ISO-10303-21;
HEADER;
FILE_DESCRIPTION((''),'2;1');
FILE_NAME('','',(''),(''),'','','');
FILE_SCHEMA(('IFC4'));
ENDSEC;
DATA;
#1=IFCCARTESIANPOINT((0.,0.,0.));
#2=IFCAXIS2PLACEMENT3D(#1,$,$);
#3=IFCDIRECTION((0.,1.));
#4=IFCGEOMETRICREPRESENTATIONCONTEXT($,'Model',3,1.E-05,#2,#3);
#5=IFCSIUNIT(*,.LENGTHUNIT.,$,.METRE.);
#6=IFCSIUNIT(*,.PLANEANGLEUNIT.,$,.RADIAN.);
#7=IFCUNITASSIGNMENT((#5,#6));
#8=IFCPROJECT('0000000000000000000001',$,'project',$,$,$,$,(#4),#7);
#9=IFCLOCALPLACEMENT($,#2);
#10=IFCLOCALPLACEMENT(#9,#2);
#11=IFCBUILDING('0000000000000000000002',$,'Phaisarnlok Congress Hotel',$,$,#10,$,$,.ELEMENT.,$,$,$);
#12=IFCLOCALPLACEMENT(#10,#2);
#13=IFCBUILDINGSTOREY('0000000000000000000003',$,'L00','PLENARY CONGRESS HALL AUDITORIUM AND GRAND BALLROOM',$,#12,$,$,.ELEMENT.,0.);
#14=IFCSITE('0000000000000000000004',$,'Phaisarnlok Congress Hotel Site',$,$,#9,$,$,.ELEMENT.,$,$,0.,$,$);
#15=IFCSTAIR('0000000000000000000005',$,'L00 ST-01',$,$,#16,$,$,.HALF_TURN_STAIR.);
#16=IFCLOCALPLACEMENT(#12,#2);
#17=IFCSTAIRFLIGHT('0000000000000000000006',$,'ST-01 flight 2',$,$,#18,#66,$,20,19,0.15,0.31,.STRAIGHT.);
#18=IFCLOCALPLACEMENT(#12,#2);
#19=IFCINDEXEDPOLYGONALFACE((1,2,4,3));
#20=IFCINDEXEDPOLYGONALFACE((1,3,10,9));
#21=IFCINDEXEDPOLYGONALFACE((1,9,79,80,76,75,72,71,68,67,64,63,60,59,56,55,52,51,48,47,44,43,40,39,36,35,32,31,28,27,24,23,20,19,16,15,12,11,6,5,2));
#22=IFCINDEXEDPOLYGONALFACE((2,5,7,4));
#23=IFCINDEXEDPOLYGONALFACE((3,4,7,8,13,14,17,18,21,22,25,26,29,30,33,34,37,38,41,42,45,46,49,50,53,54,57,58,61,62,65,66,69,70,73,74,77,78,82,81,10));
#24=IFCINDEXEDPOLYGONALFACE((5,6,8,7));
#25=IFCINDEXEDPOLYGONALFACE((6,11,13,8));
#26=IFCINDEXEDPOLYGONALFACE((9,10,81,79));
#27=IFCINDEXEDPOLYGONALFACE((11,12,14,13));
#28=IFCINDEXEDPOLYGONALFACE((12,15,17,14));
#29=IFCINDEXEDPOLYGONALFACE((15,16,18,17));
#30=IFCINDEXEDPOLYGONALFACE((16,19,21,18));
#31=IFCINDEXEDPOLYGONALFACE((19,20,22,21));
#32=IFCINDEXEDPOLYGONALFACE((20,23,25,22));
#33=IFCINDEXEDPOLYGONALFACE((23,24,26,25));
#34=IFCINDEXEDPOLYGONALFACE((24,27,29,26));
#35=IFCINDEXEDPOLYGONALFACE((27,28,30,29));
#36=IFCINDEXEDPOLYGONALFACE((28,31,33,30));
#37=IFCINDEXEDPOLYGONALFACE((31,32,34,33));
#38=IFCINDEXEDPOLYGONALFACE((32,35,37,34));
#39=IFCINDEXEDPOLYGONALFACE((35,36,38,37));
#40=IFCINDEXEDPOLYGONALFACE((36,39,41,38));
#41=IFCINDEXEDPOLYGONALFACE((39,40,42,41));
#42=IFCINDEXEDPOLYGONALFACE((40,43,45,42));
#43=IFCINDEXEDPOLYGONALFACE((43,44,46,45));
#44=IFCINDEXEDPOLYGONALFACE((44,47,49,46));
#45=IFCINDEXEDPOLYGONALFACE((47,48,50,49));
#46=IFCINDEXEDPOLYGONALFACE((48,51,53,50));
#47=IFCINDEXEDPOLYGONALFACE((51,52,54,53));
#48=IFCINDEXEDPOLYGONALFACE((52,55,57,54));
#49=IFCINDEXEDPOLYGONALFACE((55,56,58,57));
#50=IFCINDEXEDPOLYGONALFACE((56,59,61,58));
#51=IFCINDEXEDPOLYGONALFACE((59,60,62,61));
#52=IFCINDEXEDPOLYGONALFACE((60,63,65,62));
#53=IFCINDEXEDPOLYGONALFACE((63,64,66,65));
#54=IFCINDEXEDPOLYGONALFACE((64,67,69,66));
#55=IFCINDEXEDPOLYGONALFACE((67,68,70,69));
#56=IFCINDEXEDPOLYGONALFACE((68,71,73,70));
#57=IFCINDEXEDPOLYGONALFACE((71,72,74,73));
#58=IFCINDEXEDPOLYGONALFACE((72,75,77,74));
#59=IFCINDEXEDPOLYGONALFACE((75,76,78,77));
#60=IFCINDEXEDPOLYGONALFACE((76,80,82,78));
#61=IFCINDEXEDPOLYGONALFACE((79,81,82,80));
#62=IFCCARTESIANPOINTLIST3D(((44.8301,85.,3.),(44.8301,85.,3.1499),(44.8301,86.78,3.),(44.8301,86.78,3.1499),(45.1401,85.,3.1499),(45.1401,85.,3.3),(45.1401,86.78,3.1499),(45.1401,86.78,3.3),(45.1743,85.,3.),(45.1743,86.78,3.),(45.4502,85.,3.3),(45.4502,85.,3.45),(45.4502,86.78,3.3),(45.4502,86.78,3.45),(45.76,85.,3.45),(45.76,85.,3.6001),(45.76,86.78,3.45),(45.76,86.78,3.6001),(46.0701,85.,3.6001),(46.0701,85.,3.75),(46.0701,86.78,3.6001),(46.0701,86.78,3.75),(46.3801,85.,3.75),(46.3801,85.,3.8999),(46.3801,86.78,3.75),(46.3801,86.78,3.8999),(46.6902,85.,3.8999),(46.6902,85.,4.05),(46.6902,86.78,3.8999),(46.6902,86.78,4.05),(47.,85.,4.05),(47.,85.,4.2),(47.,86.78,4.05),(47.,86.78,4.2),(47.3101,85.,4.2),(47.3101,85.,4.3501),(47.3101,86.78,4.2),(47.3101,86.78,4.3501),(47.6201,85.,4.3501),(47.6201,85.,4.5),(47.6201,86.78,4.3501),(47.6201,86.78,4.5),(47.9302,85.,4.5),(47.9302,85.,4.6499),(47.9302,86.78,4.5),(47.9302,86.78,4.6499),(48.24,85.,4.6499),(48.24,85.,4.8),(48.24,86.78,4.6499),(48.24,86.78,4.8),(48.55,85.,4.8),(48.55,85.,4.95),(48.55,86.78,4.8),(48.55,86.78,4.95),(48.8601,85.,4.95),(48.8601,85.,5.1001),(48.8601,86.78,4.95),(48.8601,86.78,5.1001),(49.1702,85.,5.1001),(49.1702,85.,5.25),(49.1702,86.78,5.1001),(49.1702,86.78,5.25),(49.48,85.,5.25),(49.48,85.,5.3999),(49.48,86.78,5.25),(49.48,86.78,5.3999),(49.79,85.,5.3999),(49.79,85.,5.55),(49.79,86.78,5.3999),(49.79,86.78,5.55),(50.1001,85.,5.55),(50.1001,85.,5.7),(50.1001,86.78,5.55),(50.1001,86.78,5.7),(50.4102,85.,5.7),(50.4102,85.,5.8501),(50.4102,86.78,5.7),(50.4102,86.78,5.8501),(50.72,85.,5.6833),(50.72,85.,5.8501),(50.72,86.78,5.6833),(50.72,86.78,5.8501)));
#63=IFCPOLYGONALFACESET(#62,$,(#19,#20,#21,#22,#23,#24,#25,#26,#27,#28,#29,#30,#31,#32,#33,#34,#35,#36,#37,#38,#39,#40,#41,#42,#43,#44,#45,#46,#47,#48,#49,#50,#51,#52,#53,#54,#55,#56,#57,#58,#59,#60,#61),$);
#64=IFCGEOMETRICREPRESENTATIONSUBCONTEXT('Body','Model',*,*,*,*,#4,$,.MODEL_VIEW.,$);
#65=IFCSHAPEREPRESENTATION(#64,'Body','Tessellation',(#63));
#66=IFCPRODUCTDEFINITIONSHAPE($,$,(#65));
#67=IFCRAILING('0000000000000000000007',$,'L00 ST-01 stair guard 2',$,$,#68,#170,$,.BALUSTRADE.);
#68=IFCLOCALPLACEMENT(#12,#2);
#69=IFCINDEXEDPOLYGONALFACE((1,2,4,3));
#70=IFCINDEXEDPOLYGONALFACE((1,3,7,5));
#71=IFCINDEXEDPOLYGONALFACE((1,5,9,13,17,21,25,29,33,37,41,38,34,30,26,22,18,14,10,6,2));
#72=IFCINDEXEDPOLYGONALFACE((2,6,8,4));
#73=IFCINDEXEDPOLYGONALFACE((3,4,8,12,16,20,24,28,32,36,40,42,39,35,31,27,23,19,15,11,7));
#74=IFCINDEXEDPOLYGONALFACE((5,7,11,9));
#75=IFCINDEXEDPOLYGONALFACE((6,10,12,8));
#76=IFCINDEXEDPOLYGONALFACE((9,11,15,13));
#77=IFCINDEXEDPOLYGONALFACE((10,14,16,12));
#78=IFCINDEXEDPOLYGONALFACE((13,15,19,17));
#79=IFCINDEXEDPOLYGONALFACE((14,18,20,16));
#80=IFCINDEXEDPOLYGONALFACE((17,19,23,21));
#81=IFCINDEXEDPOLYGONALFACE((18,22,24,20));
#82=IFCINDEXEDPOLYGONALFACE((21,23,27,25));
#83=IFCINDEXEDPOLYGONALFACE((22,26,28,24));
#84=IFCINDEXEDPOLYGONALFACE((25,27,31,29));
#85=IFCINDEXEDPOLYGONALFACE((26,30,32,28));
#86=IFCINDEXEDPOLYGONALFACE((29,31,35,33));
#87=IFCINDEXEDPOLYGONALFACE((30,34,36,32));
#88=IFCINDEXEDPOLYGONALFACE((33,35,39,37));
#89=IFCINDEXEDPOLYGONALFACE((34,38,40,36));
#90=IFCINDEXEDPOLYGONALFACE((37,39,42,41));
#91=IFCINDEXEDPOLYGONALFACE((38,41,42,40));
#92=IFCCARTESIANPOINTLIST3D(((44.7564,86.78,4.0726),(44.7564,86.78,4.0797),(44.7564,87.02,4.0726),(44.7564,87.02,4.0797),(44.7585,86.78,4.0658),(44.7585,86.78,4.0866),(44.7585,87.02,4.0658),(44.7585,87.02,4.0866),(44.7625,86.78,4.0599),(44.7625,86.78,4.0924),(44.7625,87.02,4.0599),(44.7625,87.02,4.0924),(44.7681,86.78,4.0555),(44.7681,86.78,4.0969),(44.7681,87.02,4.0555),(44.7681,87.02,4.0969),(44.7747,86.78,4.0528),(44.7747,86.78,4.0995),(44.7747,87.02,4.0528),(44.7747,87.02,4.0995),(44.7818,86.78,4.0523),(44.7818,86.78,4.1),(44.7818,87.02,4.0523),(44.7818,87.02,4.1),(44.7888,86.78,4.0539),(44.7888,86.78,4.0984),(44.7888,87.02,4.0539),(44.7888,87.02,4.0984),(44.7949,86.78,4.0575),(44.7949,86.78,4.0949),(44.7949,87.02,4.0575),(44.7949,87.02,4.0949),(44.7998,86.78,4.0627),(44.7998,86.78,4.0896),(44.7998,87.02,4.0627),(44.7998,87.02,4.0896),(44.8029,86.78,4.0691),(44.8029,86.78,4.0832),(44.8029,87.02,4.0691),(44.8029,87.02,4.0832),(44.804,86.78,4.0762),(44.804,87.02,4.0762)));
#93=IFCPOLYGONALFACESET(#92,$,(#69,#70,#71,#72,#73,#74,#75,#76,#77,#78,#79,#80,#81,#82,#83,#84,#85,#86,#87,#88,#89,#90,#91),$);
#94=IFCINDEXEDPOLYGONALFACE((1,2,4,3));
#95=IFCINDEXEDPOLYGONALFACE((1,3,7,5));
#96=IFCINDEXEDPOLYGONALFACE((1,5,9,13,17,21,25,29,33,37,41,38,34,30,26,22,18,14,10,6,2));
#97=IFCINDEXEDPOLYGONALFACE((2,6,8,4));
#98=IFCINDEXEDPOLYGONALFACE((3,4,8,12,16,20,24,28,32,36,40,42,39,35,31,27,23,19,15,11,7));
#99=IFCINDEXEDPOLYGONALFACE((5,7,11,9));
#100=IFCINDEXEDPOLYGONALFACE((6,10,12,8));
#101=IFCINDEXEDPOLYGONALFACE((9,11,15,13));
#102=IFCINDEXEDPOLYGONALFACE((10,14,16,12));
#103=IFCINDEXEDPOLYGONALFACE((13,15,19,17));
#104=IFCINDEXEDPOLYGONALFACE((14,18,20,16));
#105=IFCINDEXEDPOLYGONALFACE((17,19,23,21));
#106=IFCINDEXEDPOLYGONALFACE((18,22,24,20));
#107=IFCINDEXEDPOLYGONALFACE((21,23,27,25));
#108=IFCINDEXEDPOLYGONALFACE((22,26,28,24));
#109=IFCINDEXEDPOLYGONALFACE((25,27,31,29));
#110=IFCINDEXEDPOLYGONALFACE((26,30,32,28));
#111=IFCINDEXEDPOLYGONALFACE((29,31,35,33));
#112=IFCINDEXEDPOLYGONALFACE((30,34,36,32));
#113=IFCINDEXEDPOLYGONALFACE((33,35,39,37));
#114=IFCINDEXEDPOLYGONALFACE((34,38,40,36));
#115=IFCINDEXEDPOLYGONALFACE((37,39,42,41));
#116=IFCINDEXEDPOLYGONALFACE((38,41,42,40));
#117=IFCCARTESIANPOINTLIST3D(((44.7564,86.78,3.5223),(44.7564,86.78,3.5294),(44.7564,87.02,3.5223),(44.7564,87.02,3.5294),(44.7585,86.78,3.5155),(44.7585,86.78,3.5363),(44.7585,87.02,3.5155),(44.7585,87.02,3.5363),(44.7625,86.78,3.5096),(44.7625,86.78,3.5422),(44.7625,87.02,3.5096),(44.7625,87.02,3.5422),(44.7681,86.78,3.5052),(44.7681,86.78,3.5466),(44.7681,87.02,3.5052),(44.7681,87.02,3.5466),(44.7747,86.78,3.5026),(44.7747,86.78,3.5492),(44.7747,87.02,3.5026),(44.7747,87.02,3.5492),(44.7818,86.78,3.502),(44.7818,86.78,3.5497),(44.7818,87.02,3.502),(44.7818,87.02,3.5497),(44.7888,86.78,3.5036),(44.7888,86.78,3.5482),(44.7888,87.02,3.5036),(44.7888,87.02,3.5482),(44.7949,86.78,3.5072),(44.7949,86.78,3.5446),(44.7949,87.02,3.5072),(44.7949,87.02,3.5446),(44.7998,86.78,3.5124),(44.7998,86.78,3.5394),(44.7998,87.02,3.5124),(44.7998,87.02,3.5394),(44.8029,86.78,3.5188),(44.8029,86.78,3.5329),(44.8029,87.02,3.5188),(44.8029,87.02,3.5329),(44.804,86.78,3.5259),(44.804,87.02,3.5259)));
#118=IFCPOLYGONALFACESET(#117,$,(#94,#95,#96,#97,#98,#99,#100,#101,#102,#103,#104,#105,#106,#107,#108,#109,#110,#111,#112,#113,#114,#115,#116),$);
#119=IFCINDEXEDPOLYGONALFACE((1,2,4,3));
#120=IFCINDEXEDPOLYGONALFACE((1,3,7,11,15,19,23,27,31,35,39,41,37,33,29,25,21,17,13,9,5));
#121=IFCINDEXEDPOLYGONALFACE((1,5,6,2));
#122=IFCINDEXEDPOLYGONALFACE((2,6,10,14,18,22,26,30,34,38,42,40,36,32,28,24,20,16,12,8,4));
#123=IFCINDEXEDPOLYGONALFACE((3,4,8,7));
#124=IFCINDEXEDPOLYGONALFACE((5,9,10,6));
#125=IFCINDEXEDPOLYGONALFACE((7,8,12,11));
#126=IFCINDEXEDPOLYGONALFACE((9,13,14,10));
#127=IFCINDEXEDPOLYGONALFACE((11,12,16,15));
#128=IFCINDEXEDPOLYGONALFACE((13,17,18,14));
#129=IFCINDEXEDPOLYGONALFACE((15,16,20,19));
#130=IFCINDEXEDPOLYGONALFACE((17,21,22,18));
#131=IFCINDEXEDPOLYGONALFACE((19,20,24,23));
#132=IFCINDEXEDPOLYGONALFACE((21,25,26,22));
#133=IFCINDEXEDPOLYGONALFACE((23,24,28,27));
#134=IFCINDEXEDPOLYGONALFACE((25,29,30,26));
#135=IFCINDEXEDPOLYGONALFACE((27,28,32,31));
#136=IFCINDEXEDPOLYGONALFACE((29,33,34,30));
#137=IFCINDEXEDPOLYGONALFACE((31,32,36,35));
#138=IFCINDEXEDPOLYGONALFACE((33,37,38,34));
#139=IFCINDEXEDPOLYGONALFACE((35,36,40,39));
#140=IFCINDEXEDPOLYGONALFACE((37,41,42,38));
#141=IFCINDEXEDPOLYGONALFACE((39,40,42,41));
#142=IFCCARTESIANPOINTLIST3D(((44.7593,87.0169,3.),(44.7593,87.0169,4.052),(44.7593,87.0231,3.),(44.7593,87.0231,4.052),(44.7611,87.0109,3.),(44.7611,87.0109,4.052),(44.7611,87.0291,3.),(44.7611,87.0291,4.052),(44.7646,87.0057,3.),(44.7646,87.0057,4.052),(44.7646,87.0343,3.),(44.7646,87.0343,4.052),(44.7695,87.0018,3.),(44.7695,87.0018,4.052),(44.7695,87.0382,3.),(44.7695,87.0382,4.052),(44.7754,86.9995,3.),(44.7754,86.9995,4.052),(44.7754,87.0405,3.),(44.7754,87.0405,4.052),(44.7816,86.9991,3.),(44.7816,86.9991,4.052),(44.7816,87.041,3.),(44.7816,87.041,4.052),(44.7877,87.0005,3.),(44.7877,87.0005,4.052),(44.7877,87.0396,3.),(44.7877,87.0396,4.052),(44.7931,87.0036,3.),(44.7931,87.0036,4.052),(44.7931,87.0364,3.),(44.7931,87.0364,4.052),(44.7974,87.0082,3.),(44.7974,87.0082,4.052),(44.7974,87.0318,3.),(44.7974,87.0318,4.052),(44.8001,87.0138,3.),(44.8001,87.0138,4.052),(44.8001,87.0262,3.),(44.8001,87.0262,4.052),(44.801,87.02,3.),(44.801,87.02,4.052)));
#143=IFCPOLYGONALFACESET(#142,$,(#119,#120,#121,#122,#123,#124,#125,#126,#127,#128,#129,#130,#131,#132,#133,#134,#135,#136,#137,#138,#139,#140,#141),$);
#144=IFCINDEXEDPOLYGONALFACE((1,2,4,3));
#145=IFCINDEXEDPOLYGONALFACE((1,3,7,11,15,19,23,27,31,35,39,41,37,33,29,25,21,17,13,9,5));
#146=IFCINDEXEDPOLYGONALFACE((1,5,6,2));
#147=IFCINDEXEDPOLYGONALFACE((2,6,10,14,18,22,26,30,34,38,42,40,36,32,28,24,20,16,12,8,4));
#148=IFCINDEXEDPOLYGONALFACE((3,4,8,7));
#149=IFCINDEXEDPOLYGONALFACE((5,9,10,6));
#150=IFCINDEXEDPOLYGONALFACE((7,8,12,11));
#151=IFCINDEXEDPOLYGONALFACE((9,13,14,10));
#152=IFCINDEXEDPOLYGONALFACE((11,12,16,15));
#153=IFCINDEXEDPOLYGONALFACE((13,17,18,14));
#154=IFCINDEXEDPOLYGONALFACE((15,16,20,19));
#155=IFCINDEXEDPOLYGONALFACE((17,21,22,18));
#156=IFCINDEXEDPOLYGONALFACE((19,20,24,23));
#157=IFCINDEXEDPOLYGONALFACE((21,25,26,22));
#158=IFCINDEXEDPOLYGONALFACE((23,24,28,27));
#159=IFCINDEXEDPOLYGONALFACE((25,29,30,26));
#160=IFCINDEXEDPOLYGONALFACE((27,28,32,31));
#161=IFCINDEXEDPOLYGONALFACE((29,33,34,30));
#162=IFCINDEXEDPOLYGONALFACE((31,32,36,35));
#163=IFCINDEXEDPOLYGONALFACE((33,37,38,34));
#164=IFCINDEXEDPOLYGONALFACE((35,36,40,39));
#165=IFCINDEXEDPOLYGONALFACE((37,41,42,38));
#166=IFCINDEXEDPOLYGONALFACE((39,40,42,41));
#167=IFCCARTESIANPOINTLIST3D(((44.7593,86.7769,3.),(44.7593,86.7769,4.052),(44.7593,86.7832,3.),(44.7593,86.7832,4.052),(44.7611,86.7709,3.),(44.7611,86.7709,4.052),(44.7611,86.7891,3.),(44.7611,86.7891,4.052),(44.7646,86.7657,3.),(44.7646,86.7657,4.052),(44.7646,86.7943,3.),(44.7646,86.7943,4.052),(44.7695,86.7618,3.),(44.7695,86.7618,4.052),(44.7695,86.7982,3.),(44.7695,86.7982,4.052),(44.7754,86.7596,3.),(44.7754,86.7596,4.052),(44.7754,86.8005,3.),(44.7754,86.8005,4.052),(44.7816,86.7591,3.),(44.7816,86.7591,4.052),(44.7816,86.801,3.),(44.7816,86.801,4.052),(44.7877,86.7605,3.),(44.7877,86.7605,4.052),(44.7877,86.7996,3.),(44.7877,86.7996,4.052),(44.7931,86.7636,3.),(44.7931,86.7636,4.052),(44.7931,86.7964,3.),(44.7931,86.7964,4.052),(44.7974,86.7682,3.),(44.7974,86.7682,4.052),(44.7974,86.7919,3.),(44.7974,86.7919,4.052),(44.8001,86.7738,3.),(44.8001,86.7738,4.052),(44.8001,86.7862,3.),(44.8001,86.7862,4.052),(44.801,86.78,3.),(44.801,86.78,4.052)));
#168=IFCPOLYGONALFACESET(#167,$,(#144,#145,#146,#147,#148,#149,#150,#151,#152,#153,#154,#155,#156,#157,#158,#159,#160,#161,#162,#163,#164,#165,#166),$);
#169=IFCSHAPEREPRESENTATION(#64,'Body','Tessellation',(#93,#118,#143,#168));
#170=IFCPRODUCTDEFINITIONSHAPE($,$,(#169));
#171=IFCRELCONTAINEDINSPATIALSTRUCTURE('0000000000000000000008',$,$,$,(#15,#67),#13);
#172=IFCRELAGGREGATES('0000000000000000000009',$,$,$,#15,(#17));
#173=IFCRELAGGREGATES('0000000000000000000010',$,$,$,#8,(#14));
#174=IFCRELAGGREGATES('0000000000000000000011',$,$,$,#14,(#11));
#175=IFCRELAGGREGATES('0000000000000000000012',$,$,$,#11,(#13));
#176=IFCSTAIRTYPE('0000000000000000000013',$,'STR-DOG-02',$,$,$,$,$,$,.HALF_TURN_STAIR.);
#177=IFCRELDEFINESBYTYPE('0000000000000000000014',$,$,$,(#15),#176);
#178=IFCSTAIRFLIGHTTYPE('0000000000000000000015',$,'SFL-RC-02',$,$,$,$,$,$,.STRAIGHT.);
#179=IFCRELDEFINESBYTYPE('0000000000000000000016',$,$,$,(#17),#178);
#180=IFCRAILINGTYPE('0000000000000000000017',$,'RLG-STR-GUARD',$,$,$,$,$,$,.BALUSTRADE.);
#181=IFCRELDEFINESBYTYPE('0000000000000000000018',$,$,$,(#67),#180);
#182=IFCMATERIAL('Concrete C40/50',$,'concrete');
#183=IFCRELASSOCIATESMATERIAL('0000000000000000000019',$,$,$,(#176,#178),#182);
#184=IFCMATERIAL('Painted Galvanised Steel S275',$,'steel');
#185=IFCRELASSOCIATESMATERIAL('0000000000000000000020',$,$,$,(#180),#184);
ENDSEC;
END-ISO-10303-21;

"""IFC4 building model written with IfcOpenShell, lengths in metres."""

from ifc_helpers import new_model, si_unit, direction, frame, origin, origin_2d, place, context, subcontext, project, spatial, polyline, circle, outline, extrude, material, type_object, element, aggregate, save


model = new_model("IFC4")

# Units and contexts
model_context = context("Model", 3, precision=1e-05, world=origin(), true_north=direction((0.0, 1.0)))
body_context = subcontext(model_context, "Body", "Model", "MODEL_VIEW")
ifc_project = project(units=[si_unit("LENGTHUNIT", "METRE"), si_unit("PLANEANGLEUNIT", "RADIAN")], contexts=[model_context])

# Site, building, storey
site_placement = place(None, origin())
site = spatial("IfcSite", under=ifc_project, at=site_placement, Name="Phaisarnlok Congress Hotel Site", CompositionType="ELEMENT", RefElevation=0.0)
building_placement = place(site_placement, origin())
building = spatial("IfcBuilding", under=site, at=building_placement, Name="Phaisarnlok Congress Hotel", CompositionType="ELEMENT")
storey_placement = place(building_placement, origin())
storey = spatial("IfcBuildingStorey", under=building, at=storey_placement, Name="L00", Description="PLENARY CONGRESS HALL AUDITORIUM AND GRAND BALLROOM", CompositionType="ELEMENT", Elevation=0.0)

# Shared definitions
ifc_material_1 = material(Name="Concrete C40/50", Category="concrete")

# Stair, stair flight
stair_type = type_object("IfcStairType", Name="STR-DOG-02", PredefinedType="HALF_TURN_STAIR", material=ifc_material_1)
stair_placement = place(storey_placement, origin())
stair = element("IfcStair", 1, at=stair_placement, inside=storey, type_object=stair_type, Name="L00 ST-01", PredefinedType="HALF_TURN_STAIR")
stair_flight_type = type_object("IfcStairFlightType", Name="SFL-RC-02", PredefinedType="STRAIGHT", material=ifc_material_1)
stair_flight_1_placement = place(storey_placement, frame((44.8301, 85.8899, 3.0), z_axis=(0.0, 0.0, 1.0), x_axis=(1.0, 0.0, 0.0)))
stair_flight_1 = element("IfcStairFlight", 2, at=stair_flight_1_placement, type_object=stair_flight_type, Name="ST-01 flight 2", NumberOfRisers=20, NumberOfTreads=19, PredefinedType="STRAIGHT", RiserHeight=0.15, TreadLength=0.31, context=body_context, shape_type="SweptSolid", body=[
    extrude(outline(polyline([(0.0, 0.0), (0.0, 0.1499), (0.3101, 0.1499), (0.3101, 0.3), (0.6201, 0.3), (0.6201, 0.45), (0.9299, 0.45), (0.9299, 0.6001), (1.24, 0.6001), (1.24, 0.75), (1.55, 0.75), (1.55, 0.8999), (1.8601, 0.8999), (1.8601, 1.05), (2.1699, 1.05), (2.1699, 1.2), (2.48, 1.2), (2.48, 1.3501), (2.79, 1.3501), (2.79, 1.5), (3.1001, 1.5), (3.1001, 1.6499), (3.4099, 1.6499), (3.4099, 1.8), (3.72, 1.8), (3.72, 1.95), (4.03, 1.95), (4.03, 2.1001), (4.3401, 2.1001), (4.3401, 2.25), (4.6499, 2.25), (4.6499, 2.3999), (4.96, 2.3999), (4.96, 2.55), (5.27, 2.55), (5.27, 2.7), (5.5801, 2.7), (5.5801, 2.8501), (5.8899, 2.8501), (5.8899, 3.0), (5.8899, 2.6833), (0.3442, 0.0), (0.0, 0.0)])), frame((0.0, 0.8901, 0.0), z_axis=(0.0, -1.0, 0.0), x_axis=(1.0, 0.0, 0.0)), (0.0, 0.0, 1.0), 1.78),
])
aggregate(stair, [stair_flight_1])

# Railing
ifc_material_2 = material(Name="Painted Galvanised Steel S275", Category="steel")
railing_type_1 = type_object("IfcRailingType", Name="RLG-STR-GUARD", PredefinedType="BALUSTRADE", material=ifc_material_2)
railing_1_placement = place(storey_placement, frame((44.78, 87.02, 3.0)))
element("IfcRailing", 3, at=railing_1_placement, inside=storey, type_object=railing_type_1, Name="L00 ST-01 stair guard 2", PredefinedType="BALUSTRADE", context=body_context, shape_type="SweptSolid", body=[
    extrude(circle(Radius=0.0239, at=origin_2d()), frame((0.0, 0.0, 1.0762), z_axis=(0.0, -1.0, 0.0), x_axis=(1.0, 0.0, 0.0)), (0.0, 0.0, 1.0), 0.24),
    extrude(circle(Radius=0.0239, at=origin_2d()), frame((0.0, 0.0, 0.5259), z_axis=(0.0, -1.0, 0.0), x_axis=(1.0, 0.0, 0.0)), (0.0, 0.0, 1.0), 0.24),
    extrude(circle(Radius=0.021, at=origin_2d()), origin(), (0.0, 0.0, 1.0), 1.052),
    extrude(circle(Radius=0.021, at=origin_2d()), frame((0.0, -0.24, 0.0)), (0.0, 0.0, 1.0), 1.052),
])

save(model, "model.ifc")
